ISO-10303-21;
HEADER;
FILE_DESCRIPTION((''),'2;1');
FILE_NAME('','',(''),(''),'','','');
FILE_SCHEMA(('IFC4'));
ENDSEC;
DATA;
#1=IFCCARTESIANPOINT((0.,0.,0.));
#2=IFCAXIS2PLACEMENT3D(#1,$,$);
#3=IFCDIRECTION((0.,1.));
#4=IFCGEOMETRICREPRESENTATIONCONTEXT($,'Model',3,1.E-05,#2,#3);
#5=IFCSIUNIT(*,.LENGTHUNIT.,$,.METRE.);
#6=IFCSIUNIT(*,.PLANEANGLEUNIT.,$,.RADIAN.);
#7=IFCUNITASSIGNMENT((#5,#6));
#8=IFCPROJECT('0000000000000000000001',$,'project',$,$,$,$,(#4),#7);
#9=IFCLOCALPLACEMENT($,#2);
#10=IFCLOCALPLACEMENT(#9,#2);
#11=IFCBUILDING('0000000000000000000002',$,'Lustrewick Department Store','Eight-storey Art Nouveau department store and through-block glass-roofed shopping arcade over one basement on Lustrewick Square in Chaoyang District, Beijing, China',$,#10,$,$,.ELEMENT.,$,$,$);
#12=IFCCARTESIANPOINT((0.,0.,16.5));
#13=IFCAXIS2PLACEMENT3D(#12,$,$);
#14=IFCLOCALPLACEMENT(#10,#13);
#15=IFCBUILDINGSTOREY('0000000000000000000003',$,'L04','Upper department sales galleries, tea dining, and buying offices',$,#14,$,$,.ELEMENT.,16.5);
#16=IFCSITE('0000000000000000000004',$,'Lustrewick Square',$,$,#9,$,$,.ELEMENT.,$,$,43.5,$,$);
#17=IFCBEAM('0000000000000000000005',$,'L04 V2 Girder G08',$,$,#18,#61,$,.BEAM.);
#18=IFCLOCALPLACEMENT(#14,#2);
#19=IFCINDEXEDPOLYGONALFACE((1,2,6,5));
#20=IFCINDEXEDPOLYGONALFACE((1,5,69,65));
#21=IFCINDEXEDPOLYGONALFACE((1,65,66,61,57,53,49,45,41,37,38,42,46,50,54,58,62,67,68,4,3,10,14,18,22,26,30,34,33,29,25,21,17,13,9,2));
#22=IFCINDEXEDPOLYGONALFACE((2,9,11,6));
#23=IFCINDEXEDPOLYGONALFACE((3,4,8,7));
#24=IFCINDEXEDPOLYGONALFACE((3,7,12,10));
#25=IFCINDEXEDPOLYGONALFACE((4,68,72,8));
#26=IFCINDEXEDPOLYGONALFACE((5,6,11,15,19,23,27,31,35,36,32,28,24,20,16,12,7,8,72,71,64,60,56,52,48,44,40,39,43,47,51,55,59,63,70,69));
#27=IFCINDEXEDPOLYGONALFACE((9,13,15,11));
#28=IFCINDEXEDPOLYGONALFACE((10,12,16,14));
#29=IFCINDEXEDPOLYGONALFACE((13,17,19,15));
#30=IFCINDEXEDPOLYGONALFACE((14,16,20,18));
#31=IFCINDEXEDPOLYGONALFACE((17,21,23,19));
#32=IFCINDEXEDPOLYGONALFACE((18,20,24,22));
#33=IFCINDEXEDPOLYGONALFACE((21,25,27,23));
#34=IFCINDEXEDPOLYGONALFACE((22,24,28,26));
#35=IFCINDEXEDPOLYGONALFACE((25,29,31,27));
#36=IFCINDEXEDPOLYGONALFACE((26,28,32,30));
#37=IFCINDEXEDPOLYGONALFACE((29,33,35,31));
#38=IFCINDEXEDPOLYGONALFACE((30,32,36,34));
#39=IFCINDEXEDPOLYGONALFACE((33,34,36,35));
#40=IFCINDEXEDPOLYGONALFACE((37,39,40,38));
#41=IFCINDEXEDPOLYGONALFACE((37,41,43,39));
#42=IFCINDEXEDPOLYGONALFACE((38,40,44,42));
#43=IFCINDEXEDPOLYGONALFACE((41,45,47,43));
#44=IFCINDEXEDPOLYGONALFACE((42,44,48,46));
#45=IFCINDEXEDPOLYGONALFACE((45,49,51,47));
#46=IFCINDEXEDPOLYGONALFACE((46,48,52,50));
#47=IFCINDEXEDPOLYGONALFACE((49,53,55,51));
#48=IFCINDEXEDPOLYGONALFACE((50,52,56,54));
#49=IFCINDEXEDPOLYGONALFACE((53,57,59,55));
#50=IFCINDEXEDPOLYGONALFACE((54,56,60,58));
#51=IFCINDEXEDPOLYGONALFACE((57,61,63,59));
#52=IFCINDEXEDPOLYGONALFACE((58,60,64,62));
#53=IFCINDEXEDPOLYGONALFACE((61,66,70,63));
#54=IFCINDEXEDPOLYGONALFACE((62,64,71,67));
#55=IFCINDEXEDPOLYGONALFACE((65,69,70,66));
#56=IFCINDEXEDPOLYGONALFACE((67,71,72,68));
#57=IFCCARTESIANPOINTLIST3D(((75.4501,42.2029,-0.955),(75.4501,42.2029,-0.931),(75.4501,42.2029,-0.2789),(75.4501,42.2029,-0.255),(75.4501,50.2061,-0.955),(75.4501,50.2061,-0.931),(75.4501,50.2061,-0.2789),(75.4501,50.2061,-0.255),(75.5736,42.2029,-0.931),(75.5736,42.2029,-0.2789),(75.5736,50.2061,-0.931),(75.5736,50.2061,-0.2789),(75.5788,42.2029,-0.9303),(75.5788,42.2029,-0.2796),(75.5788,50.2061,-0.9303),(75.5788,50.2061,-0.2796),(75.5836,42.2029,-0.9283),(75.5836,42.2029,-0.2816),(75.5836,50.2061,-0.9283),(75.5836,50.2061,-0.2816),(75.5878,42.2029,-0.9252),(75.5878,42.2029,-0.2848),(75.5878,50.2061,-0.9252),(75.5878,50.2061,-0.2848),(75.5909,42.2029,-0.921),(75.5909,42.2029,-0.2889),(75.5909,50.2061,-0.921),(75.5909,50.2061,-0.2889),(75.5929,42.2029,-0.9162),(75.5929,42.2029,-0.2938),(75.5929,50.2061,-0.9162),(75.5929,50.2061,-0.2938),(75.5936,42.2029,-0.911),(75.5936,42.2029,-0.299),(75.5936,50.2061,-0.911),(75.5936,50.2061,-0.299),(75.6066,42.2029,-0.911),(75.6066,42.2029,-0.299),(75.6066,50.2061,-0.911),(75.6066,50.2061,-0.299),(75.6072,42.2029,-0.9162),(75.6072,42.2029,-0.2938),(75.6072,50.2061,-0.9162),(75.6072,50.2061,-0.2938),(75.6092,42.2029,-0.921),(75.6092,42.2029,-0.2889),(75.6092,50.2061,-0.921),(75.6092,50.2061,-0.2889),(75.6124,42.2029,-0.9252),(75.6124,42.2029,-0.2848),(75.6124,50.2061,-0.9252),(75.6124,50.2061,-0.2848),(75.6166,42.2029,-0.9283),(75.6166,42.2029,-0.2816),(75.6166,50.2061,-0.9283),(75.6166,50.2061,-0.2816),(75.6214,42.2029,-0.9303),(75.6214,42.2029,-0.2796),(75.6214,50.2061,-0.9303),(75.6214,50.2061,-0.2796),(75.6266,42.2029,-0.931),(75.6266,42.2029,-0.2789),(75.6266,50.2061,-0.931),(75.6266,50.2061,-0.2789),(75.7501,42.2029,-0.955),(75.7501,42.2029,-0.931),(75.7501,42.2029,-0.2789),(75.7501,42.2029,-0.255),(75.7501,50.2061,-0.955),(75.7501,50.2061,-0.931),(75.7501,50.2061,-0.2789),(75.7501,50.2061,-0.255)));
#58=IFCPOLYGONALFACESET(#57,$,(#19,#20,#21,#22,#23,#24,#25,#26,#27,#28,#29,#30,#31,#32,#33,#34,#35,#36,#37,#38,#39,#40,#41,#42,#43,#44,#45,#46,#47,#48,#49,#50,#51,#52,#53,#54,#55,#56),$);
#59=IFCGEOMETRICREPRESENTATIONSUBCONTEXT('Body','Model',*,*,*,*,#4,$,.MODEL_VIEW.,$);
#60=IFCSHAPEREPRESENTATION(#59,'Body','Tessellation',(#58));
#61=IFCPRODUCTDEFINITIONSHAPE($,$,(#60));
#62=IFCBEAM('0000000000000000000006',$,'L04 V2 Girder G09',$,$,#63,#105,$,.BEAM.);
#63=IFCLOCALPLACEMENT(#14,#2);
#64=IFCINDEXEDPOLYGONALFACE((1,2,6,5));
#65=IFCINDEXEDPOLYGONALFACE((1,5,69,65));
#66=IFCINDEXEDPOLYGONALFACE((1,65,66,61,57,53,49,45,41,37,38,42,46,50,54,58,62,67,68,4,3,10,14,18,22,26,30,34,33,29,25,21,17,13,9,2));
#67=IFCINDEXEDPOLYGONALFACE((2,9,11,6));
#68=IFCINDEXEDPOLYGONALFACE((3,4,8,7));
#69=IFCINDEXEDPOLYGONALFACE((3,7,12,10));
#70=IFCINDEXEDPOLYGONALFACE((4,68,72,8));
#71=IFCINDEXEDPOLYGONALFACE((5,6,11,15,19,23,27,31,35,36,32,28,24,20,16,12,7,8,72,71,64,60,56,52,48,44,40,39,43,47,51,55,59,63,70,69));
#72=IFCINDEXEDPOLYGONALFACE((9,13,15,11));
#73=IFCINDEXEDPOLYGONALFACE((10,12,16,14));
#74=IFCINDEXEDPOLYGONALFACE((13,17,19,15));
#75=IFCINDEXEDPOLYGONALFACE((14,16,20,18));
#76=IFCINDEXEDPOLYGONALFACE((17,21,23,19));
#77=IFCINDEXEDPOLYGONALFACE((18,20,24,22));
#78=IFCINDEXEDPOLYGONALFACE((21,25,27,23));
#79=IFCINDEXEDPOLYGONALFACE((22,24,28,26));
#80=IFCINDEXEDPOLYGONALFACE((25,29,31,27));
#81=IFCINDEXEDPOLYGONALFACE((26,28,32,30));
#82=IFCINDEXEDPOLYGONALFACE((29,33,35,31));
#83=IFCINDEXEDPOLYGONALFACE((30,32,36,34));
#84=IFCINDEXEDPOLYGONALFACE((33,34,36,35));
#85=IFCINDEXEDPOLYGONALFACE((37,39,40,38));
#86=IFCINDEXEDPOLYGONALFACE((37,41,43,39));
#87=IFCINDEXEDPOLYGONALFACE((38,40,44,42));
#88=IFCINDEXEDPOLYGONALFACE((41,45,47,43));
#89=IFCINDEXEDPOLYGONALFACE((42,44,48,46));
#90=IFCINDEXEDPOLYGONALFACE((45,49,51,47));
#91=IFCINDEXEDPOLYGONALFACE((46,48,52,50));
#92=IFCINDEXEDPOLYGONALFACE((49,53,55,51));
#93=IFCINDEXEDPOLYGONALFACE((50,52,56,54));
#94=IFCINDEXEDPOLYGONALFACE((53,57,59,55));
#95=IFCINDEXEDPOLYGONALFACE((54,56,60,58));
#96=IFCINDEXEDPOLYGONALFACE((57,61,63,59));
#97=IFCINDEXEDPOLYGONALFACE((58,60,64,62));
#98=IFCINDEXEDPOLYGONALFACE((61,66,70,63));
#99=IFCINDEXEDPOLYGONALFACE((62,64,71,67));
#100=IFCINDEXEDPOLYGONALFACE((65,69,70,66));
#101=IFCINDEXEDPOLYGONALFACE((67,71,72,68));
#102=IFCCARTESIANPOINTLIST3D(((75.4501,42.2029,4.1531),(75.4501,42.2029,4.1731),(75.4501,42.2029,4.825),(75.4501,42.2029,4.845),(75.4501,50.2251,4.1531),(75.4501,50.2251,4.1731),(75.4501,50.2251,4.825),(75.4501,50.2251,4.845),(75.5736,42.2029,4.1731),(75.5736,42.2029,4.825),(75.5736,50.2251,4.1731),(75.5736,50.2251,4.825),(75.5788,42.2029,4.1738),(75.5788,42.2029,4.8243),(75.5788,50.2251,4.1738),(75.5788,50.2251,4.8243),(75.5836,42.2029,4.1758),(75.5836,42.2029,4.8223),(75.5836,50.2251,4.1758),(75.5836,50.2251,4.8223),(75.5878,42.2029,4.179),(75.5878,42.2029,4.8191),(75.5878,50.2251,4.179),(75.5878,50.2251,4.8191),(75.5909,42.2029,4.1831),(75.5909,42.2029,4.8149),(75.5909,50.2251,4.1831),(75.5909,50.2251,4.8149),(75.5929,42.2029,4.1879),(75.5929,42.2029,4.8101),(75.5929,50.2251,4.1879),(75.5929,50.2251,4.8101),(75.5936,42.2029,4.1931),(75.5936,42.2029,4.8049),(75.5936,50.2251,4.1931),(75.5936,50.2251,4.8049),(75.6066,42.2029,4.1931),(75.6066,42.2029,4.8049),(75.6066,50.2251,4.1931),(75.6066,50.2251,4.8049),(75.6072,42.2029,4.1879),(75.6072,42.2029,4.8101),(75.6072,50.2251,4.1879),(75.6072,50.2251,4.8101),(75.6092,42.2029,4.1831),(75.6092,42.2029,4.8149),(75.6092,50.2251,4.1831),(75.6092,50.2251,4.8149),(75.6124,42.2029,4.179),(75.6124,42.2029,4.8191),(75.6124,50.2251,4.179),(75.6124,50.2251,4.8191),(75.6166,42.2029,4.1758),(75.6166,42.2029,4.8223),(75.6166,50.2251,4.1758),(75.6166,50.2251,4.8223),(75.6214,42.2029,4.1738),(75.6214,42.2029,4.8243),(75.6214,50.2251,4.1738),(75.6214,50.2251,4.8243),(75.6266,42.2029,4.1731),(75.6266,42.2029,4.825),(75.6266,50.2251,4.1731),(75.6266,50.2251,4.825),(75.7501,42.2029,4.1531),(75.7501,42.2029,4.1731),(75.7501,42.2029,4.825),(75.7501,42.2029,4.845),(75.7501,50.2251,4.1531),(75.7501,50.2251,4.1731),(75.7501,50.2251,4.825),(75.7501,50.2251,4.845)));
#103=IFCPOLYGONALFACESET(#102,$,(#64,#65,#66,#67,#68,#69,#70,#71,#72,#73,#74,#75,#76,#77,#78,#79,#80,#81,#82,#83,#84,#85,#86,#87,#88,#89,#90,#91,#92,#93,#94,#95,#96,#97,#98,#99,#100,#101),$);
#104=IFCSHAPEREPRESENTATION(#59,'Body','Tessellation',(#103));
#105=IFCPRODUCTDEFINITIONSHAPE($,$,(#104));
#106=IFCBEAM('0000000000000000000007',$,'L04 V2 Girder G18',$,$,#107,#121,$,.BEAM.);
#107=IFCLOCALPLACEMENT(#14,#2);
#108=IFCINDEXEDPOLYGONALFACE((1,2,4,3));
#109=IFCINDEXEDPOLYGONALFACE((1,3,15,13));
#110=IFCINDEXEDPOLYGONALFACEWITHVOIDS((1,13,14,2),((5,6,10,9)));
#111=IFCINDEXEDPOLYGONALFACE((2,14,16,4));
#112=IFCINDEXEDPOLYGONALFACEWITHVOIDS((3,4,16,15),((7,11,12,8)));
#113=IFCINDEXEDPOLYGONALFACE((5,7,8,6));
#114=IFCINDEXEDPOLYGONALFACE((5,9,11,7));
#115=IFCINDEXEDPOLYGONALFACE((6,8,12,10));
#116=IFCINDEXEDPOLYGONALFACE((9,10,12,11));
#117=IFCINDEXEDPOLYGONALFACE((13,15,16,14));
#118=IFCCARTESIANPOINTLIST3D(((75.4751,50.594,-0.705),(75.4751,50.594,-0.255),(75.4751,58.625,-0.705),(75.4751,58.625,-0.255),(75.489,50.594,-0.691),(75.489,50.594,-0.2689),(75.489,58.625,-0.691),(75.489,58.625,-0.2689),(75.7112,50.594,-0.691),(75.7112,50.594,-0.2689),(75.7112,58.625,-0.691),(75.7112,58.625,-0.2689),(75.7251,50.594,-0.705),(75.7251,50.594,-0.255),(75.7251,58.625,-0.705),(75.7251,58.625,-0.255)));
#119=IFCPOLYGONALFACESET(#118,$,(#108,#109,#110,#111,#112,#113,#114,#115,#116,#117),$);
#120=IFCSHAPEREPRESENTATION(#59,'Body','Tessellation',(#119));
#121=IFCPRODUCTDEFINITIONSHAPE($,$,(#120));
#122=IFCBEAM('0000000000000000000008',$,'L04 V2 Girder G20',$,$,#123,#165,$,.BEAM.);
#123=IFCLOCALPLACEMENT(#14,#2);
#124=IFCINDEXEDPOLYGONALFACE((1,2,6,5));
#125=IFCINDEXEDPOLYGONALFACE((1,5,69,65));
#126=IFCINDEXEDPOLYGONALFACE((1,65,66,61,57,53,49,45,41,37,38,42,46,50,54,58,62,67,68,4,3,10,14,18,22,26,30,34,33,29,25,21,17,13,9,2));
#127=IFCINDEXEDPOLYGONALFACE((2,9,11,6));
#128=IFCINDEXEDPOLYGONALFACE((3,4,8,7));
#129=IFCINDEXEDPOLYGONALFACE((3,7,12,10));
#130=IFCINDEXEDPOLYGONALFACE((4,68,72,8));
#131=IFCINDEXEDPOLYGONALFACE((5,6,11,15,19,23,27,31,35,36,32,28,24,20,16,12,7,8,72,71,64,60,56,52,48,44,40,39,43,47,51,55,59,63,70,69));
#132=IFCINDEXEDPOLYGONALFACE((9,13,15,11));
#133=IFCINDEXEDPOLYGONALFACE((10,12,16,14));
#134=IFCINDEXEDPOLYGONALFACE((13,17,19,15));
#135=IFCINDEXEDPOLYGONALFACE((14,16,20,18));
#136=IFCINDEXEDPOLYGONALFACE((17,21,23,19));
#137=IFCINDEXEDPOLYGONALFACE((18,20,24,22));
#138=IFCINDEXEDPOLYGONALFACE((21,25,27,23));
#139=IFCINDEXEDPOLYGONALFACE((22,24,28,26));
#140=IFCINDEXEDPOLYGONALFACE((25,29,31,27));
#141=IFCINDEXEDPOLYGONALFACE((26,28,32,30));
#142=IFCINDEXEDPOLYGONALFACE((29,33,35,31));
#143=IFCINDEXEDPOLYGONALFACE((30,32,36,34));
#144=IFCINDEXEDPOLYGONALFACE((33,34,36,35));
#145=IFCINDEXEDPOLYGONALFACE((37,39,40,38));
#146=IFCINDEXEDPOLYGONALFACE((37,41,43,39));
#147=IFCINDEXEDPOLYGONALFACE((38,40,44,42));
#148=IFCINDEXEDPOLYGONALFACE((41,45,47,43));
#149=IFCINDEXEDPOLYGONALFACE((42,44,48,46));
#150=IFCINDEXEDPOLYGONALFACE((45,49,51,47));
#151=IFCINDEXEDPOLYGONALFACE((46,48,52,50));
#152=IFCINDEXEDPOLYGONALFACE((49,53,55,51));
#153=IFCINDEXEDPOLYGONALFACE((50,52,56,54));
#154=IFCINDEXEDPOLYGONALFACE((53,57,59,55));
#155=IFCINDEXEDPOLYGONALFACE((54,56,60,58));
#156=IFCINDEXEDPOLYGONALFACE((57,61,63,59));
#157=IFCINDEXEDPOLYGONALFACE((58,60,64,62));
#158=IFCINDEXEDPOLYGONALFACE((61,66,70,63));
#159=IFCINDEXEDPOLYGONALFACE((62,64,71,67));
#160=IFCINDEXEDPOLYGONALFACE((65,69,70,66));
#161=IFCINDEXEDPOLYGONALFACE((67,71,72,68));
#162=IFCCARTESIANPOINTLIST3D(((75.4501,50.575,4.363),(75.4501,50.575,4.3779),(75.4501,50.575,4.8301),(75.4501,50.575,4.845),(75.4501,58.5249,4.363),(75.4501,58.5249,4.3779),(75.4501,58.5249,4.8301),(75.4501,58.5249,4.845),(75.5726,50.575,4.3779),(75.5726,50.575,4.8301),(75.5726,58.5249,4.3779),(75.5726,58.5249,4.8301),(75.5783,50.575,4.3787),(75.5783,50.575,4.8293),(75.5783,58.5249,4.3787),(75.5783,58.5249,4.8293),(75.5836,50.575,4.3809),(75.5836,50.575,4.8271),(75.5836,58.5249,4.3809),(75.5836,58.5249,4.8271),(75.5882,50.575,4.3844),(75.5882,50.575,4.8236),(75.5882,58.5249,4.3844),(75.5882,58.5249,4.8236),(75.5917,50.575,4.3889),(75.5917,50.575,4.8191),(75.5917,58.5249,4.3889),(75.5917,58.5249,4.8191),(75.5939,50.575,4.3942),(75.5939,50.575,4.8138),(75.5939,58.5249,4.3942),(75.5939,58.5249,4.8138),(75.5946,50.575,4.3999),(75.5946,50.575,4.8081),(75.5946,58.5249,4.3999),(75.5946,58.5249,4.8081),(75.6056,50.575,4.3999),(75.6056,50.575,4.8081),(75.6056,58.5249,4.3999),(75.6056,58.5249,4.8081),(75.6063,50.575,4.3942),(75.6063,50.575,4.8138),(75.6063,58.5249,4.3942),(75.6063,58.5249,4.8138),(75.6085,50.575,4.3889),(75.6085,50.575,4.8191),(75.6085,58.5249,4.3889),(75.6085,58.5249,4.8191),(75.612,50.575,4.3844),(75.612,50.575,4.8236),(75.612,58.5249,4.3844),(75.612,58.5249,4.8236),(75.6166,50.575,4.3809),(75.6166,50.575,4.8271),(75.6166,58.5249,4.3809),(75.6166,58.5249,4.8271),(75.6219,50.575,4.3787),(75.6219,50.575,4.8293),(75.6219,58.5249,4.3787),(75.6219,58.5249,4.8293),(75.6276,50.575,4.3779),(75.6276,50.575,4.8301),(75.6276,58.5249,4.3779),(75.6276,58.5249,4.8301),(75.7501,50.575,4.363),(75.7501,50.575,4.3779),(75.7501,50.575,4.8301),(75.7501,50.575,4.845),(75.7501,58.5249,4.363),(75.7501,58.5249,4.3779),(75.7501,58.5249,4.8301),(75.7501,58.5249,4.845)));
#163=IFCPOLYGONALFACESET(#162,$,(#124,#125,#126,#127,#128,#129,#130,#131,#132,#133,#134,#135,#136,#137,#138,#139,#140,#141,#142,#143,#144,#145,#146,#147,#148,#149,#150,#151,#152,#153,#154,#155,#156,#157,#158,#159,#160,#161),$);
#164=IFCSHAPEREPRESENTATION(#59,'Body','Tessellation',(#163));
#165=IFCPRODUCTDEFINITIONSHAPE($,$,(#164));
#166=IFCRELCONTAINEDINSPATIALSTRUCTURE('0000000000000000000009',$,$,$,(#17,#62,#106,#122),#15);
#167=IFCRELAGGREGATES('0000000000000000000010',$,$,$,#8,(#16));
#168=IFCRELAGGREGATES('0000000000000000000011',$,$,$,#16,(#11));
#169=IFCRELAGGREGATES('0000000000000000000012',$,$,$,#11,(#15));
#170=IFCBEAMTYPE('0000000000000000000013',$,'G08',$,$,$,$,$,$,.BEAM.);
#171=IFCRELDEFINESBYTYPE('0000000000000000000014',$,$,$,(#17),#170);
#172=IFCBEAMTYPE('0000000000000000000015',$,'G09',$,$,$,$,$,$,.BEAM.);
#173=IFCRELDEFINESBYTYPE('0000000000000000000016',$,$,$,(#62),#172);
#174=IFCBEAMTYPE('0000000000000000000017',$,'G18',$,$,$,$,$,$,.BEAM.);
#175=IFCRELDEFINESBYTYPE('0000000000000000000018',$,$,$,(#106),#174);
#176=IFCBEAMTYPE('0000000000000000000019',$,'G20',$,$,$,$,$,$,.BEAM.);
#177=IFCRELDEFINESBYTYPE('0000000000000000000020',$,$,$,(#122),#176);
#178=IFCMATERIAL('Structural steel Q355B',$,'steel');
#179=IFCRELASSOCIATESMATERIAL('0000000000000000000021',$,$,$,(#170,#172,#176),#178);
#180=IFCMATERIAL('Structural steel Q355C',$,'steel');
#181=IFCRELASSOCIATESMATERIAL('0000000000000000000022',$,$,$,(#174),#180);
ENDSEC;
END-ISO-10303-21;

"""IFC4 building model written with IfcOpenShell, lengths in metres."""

from ifc_helpers import new_model, si_unit, direction, frame, origin, origin_2d, place, context, subcontext, project, spatial, hollow_rectangle, i_section, extrude, material, material_profile, profile_set, type_object, element, save


model = new_model("IFC4")

# Units and contexts
model_context = context("Model", 3, precision=1e-05, world=origin(), true_north=direction((0.0, 1.0)))
body_context = subcontext(model_context, "Body", "Model", "MODEL_VIEW")
ifc_project = project(units=[si_unit("LENGTHUNIT", "METRE"), si_unit("PLANEANGLEUNIT", "RADIAN")], contexts=[model_context])

# Site, building, storey
site_placement = place(None, origin())
site = spatial("IfcSite", under=ifc_project, at=site_placement, Name="Lustrewick Square", CompositionType="ELEMENT", RefElevation=43.5)
building_placement = place(site_placement, origin())
building = spatial("IfcBuilding", under=site, at=building_placement, Name="Lustrewick Department Store", Description="Eight-storey Art Nouveau department store and through-block glass-roofed shopping arcade over one basement on Lustrewick Square in Chaoyang District, Beijing, China", CompositionType="ELEMENT")
storey_placement = place(building_placement, frame((0.0, 0.0, 16.5)))
storey = spatial("IfcBuildingStorey", under=building, at=storey_placement, Name="L04", Description="Upper department sales galleries, tea dining, and buying offices", CompositionType="ELEMENT", Elevation=16.5)

# Shared definitions
ifc_material_1 = material(Name="Structural steel Q355B", Category="steel")
ifc_material_2 = material(Name="Structural steel Q355C", Category="steel")

# Beams
ifc_material_profile_1 = material_profile(ifc_material_1, i_section(OverallWidth=0.3, OverallDepth=0.7, WebThickness=0.0129, FlangeThickness=0.0239, FilletRadius=0.02, at=origin_2d()), Name="HN 700x300x13x24")
ifc_profile_set_1 = profile_set([ifc_material_profile_1], Name="Structural steel Q355B")
beam_type_1 = type_object("IfcBeamType", Name="G08", PredefinedType="BEAM", material=ifc_profile_set_1)
beam_1_placement = place(storey_placement, frame((75.6001, 42.2029, -0.605), z_axis=(0.0, 1.0, 0.0), x_axis=(-1.0, 0.0, 0.0)))
element("IfcBeam", 1, at=beam_1_placement, inside=storey, type_object=beam_type_1, Name="L04 V2 Girder G08", PredefinedType="BEAM", context=body_context, shape_type="SweptSolid", body=[
    extrude(i_section(OverallWidth=0.3, OverallDepth=0.7, WebThickness=0.0129, FlangeThickness=0.0239, FilletRadius=0.02, at=origin_2d()), origin(), (0.0, 0.0, 1.0), 8.0032),
])
ifc_material_profile_2 = material_profile(ifc_material_1, i_section(OverallWidth=0.3, OverallDepth=0.6919, WebThickness=0.0129, FlangeThickness=0.02, FilletRadius=0.02, at=origin_2d()), Name="HN 692x300x13x20")
ifc_profile_set_2 = profile_set([ifc_material_profile_2], Name="Structural steel Q355B")
beam_type_2 = type_object("IfcBeamType", Name="G09", PredefinedType="BEAM", material=ifc_profile_set_2)
beam_2_placement = place(storey_placement, frame((75.6001, 42.2029, 4.499), z_axis=(0.0, 1.0, 0.0), x_axis=(-1.0, 0.0, 0.0)))
element("IfcBeam", 2, at=beam_2_placement, inside=storey, type_object=beam_type_2, Name="L04 V2 Girder G09", PredefinedType="BEAM", context=body_context, shape_type="SweptSolid", body=[
    extrude(i_section(OverallWidth=0.3, OverallDepth=0.6919, WebThickness=0.0129, FlangeThickness=0.02, FilletRadius=0.02, at=origin_2d()), origin(), (0.0, 0.0, 1.0), 8.0222),
])
ifc_material_profile_3 = material_profile(ifc_material_2, hollow_rectangle(XDim=0.25, YDim=0.45, WallThickness=0.0139, at=origin_2d()), Name="RHS 450x250x14")
ifc_profile_set_3 = profile_set([ifc_material_profile_3], Name="Structural steel Q355C")
beam_type_3 = type_object("IfcBeamType", Name="G18", PredefinedType="BEAM", material=ifc_profile_set_3)
beam_3_placement = place(storey_placement, frame((75.6001, 50.594, -0.48), z_axis=(0.0, 1.0, 0.0), x_axis=(-1.0, 0.0, 0.0)))
element("IfcBeam", 3, at=beam_3_placement, inside=storey, type_object=beam_type_3, Name="L04 V2 Girder G18", PredefinedType="BEAM", context=body_context, shape_type="SweptSolid", body=[
    extrude(hollow_rectangle(XDim=0.25, YDim=0.45, WallThickness=0.0139, at=origin_2d()), origin(), (0.0, 0.0, 1.0), 8.031),
])
ifc_material_profile_4 = material_profile(ifc_material_1, i_section(OverallWidth=0.3, OverallDepth=0.4819, WebThickness=0.011, FlangeThickness=0.0149, FilletRadius=0.022, at=origin_2d()), Name="HM 482x300x11x15")
ifc_profile_set_4 = profile_set([ifc_material_profile_4], Name="Structural steel Q355B")
beam_type_4 = type_object("IfcBeamType", Name="G20", PredefinedType="BEAM", material=ifc_profile_set_4)
beam_4_placement = place(storey_placement, frame((75.6001, 50.575, 4.604), z_axis=(0.0, 1.0, 0.0), x_axis=(-1.0, 0.0, 0.0)))
element("IfcBeam", 4, at=beam_4_placement, inside=storey, type_object=beam_type_4, Name="L04 V2 Girder G20", PredefinedType="BEAM", context=body_context, shape_type="SweptSolid", body=[
    extrude(i_section(OverallWidth=0.3, OverallDepth=0.4819, WebThickness=0.011, FlangeThickness=0.0149, FilletRadius=0.022, at=origin_2d()), origin(), (0.0, 0.0, 1.0), 7.95),
])

save(model, "model.ifc")
